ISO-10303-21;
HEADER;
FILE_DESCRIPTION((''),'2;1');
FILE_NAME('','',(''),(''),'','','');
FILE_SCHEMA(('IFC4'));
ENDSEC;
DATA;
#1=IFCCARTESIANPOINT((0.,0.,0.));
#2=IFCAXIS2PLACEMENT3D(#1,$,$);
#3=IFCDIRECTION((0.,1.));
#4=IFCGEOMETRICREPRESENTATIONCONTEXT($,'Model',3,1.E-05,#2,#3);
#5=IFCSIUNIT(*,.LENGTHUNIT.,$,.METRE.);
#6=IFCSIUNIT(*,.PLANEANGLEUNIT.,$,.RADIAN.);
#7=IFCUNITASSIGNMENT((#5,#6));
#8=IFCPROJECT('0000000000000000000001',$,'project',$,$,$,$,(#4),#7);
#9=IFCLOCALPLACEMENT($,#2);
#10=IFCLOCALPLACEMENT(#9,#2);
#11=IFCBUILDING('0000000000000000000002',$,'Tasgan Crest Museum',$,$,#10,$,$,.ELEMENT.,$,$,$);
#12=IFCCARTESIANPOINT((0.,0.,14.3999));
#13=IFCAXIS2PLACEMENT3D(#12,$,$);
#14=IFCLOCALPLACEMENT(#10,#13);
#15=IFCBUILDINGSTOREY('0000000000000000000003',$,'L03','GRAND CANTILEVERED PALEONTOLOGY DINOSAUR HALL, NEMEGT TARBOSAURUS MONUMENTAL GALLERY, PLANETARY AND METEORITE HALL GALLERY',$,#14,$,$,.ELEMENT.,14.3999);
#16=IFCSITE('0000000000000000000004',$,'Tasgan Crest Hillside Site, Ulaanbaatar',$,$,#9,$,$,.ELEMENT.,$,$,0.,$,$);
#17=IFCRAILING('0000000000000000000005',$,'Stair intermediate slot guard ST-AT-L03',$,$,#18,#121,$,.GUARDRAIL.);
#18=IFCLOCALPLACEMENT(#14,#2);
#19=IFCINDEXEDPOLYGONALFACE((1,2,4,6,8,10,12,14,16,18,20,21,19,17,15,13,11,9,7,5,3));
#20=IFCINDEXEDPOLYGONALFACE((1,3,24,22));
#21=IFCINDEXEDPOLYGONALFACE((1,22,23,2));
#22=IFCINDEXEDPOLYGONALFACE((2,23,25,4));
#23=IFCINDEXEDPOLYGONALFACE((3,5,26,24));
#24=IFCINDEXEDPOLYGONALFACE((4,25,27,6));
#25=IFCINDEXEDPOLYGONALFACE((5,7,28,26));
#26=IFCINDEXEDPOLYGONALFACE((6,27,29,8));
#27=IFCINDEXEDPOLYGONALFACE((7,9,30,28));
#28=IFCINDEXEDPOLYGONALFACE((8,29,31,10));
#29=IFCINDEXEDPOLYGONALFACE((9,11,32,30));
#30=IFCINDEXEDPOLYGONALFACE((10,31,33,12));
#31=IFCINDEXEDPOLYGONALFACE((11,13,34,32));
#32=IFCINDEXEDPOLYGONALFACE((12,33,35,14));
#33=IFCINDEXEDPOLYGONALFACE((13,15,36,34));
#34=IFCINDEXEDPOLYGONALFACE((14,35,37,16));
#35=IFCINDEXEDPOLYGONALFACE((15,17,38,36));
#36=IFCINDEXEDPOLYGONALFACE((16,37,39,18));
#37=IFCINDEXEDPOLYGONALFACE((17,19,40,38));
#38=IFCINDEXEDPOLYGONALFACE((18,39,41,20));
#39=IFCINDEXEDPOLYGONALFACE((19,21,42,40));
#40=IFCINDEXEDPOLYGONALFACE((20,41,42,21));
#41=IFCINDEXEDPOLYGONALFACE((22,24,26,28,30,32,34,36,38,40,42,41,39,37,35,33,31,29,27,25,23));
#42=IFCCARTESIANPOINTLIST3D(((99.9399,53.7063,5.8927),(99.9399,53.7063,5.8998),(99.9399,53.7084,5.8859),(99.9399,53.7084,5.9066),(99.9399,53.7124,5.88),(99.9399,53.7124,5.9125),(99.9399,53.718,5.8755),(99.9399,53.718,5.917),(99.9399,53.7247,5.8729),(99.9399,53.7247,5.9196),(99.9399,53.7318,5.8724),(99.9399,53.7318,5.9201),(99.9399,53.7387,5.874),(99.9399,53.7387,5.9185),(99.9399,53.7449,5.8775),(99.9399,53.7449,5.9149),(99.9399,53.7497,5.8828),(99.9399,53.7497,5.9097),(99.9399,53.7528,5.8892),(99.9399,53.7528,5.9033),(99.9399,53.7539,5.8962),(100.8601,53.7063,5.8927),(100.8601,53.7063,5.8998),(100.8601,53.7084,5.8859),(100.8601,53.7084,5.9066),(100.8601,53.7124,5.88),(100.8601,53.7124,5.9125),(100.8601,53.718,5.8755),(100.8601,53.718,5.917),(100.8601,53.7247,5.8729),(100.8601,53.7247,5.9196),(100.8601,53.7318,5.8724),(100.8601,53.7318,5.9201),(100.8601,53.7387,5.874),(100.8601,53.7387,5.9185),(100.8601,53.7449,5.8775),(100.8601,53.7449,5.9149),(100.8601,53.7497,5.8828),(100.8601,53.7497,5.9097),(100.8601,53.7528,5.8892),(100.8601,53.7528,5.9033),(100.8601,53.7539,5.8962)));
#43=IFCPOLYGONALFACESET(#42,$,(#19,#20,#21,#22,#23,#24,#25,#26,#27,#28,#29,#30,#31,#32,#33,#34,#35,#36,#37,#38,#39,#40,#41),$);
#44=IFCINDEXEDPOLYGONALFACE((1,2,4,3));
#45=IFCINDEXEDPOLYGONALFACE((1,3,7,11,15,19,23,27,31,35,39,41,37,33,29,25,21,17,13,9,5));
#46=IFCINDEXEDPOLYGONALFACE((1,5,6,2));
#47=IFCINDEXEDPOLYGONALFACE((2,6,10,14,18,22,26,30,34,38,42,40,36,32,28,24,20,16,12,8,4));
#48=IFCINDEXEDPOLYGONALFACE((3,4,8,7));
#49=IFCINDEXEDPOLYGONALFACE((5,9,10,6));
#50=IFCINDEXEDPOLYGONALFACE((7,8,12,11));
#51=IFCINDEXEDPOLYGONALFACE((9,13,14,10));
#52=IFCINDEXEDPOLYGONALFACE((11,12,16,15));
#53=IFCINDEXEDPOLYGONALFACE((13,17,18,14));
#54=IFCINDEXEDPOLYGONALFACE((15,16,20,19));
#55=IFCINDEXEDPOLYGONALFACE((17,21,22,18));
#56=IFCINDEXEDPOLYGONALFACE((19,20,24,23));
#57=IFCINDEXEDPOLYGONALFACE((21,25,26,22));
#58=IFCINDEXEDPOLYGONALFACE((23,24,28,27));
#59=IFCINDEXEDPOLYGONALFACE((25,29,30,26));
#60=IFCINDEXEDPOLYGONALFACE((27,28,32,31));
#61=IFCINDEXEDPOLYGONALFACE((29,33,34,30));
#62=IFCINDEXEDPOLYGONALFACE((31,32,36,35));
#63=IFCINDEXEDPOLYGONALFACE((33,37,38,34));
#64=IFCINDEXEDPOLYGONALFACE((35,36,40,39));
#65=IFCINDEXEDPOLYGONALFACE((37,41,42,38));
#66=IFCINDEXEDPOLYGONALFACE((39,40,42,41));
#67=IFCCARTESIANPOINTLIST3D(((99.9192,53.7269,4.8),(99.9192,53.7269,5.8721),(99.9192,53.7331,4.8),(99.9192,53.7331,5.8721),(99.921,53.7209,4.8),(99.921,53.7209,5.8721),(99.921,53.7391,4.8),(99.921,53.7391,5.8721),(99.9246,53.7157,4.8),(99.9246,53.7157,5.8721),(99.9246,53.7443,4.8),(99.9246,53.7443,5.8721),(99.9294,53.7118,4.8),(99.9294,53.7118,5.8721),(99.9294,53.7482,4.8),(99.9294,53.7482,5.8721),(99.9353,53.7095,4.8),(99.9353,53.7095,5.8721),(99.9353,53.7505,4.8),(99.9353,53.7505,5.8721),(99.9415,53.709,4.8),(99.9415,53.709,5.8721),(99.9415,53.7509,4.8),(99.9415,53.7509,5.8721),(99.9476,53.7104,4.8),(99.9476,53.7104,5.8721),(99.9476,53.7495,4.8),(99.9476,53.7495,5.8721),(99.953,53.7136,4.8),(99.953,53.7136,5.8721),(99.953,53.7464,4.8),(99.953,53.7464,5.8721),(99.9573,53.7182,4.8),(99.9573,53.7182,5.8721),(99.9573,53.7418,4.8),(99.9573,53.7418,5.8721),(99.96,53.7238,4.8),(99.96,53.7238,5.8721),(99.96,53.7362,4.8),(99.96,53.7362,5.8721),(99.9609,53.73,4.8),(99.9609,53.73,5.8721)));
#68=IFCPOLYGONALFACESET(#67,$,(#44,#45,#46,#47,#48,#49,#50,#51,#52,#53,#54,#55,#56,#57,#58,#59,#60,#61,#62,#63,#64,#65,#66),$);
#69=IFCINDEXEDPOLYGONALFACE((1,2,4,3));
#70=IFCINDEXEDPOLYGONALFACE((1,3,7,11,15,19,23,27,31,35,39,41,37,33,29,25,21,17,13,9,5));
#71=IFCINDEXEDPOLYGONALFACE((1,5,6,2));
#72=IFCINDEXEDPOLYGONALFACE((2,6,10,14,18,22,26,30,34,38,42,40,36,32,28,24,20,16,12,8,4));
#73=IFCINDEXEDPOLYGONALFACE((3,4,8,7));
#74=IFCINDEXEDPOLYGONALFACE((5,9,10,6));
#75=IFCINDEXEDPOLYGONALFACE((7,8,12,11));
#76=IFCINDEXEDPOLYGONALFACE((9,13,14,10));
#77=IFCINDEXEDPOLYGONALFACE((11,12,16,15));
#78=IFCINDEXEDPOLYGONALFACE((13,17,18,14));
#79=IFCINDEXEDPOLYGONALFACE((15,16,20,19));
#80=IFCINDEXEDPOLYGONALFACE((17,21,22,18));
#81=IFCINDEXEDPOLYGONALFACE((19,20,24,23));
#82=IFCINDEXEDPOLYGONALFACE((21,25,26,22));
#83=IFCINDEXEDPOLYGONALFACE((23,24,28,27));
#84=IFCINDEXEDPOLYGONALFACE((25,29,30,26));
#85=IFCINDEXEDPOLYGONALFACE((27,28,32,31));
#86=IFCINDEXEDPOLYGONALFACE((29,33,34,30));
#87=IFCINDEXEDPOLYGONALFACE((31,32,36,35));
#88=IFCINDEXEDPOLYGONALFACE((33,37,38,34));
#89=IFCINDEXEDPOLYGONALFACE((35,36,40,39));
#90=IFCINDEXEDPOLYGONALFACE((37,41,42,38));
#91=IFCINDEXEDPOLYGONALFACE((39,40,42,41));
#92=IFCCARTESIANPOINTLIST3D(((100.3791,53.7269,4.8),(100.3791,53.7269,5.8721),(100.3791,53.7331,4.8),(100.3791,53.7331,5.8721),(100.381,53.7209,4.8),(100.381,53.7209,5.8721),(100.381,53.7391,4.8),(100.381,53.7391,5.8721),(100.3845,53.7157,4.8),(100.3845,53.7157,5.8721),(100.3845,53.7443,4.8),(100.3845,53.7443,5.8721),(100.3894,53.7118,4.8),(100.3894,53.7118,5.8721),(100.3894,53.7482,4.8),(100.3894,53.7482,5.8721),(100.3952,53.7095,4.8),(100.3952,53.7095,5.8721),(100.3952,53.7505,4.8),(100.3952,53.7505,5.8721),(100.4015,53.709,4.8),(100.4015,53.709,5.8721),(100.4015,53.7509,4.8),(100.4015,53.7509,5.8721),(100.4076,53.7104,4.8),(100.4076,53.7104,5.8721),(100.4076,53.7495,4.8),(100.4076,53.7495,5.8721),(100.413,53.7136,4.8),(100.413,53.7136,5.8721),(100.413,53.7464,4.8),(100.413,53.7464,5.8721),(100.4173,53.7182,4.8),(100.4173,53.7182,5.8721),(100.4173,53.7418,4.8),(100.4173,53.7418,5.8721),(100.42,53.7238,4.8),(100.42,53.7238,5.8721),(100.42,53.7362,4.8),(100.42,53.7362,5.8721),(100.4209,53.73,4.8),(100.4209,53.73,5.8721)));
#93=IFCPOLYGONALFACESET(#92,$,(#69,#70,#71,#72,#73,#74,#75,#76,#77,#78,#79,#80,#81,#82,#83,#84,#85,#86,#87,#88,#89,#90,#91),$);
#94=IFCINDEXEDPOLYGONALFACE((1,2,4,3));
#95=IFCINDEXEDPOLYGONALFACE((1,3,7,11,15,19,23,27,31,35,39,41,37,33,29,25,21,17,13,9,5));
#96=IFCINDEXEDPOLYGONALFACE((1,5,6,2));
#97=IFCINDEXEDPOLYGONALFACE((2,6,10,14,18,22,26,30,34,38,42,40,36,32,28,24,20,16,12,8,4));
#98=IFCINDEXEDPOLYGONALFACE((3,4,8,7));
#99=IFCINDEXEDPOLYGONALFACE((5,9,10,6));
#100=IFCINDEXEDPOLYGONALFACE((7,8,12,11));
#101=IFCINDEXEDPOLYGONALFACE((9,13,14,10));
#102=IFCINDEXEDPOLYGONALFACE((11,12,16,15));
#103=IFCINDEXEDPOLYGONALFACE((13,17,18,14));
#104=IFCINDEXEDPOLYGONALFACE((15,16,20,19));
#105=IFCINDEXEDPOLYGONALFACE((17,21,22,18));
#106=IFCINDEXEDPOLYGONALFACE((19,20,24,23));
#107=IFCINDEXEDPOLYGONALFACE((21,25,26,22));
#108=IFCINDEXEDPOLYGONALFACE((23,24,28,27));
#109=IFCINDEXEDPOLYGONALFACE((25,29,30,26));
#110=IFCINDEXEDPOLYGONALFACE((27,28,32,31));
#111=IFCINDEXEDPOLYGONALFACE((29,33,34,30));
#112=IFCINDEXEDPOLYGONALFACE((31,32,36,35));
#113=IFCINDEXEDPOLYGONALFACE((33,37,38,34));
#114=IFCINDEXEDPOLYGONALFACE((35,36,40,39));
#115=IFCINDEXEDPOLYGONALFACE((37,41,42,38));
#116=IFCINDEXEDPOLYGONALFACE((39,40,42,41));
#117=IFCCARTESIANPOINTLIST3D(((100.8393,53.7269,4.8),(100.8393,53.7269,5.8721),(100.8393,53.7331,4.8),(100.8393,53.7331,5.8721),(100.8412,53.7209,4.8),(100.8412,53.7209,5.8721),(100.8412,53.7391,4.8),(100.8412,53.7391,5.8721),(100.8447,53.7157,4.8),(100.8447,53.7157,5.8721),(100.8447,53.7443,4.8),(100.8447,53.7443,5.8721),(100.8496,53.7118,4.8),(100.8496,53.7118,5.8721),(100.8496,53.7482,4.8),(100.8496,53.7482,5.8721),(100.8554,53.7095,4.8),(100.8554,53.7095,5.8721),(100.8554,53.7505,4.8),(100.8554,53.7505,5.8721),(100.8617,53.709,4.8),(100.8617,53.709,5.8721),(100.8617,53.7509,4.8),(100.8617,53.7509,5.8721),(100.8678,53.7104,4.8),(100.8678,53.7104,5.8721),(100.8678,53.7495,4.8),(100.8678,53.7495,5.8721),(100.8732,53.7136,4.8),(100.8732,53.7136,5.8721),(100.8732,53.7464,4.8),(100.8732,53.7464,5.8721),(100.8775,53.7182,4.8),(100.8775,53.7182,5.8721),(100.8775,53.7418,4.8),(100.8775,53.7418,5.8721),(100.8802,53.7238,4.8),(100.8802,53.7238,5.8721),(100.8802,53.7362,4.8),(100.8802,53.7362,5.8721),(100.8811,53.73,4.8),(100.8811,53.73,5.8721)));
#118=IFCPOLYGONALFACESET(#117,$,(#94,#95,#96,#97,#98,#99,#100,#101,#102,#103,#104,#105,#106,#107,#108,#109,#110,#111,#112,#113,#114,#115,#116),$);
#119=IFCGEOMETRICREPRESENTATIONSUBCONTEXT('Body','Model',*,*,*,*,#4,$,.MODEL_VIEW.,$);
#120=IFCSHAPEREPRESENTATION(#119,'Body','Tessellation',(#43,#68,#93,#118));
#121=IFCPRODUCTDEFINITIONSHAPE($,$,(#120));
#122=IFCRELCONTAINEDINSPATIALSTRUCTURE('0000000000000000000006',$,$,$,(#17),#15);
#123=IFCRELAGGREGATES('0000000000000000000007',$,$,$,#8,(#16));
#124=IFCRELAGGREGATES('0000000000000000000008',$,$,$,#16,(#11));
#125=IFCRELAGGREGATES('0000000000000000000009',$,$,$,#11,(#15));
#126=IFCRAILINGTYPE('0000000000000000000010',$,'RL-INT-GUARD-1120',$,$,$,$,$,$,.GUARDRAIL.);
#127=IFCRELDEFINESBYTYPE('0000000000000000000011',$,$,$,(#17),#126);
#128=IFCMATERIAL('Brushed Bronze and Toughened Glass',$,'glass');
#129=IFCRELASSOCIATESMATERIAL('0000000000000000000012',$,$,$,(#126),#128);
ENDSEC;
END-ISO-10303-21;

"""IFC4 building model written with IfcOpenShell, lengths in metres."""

from ifc_helpers import new_model, si_unit, direction, frame, origin, origin_2d, place, context, subcontext, project, spatial, circle, extrude, material, type_object, element, save


model = new_model("IFC4")

# Units and contexts
model_context = context("Model", 3, precision=1e-05, world=origin(), true_north=direction((0.0, 1.0)))
body_context = subcontext(model_context, "Body", "Model", "MODEL_VIEW")
ifc_project = project(units=[si_unit("LENGTHUNIT", "METRE"), si_unit("PLANEANGLEUNIT", "RADIAN")], contexts=[model_context])

# Site, building, storey
site_placement = place(None, origin())
site = spatial("IfcSite", under=ifc_project, at=site_placement, Name="Tasgan Crest Hillside Site, Ulaanbaatar", CompositionType="ELEMENT", RefElevation=0.0)
building_placement = place(site_placement, origin())
building = spatial("IfcBuilding", under=site, at=building_placement, Name="Tasgan Crest Museum", CompositionType="ELEMENT")
storey_placement = place(building_placement, frame((0.0, 0.0, 14.3999)))
storey = spatial("IfcBuildingStorey", under=building, at=storey_placement, Name="L03", Description="GRAND CANTILEVERED PALEONTOLOGY DINOSAUR HALL, NEMEGT TARBOSAURUS MONUMENTAL GALLERY, PLANETARY AND METEORITE HALL GALLERY", CompositionType="ELEMENT", Elevation=14.3999)

# Railing
ifc_material_1 = material(Name="Brushed Bronze and Toughened Glass", Category="glass")
railing_type_1 = type_object("IfcRailingType", Name="RL-INT-GUARD-1120", PredefinedType="GUARDRAIL", material=ifc_material_1)
railing_1_placement = place(storey_placement, frame((99.9399, 53.73, 4.8)))
element("IfcRailing", 1, at=railing_1_placement, inside=storey, type_object=railing_type_1, Name="Stair intermediate slot guard ST-AT-L03", PredefinedType="GUARDRAIL", context=body_context, shape_type="SweptSolid", body=[
    extrude(circle(Radius=0.0239, at=origin_2d()), frame((0.0, 0.0, 1.0962), z_axis=(1.0, 0.0, 0.0), x_axis=(0.0, 1.0, 0.0)), (0.0, 0.0, 1.0), 0.9202),
    extrude(circle(Radius=0.021, at=origin_2d()), origin(), (0.0, 0.0, 1.0), 1.072),
    extrude(circle(Radius=0.021, at=origin_2d()), frame((0.46, 0.0, 0.0)), (0.0, 0.0, 1.0), 1.072),
    extrude(circle(Radius=0.021, at=origin_2d()), frame((0.9202, 0.0, 0.0)), (0.0, 0.0, 1.0), 1.072),
])

save(model, "model.ifc")
